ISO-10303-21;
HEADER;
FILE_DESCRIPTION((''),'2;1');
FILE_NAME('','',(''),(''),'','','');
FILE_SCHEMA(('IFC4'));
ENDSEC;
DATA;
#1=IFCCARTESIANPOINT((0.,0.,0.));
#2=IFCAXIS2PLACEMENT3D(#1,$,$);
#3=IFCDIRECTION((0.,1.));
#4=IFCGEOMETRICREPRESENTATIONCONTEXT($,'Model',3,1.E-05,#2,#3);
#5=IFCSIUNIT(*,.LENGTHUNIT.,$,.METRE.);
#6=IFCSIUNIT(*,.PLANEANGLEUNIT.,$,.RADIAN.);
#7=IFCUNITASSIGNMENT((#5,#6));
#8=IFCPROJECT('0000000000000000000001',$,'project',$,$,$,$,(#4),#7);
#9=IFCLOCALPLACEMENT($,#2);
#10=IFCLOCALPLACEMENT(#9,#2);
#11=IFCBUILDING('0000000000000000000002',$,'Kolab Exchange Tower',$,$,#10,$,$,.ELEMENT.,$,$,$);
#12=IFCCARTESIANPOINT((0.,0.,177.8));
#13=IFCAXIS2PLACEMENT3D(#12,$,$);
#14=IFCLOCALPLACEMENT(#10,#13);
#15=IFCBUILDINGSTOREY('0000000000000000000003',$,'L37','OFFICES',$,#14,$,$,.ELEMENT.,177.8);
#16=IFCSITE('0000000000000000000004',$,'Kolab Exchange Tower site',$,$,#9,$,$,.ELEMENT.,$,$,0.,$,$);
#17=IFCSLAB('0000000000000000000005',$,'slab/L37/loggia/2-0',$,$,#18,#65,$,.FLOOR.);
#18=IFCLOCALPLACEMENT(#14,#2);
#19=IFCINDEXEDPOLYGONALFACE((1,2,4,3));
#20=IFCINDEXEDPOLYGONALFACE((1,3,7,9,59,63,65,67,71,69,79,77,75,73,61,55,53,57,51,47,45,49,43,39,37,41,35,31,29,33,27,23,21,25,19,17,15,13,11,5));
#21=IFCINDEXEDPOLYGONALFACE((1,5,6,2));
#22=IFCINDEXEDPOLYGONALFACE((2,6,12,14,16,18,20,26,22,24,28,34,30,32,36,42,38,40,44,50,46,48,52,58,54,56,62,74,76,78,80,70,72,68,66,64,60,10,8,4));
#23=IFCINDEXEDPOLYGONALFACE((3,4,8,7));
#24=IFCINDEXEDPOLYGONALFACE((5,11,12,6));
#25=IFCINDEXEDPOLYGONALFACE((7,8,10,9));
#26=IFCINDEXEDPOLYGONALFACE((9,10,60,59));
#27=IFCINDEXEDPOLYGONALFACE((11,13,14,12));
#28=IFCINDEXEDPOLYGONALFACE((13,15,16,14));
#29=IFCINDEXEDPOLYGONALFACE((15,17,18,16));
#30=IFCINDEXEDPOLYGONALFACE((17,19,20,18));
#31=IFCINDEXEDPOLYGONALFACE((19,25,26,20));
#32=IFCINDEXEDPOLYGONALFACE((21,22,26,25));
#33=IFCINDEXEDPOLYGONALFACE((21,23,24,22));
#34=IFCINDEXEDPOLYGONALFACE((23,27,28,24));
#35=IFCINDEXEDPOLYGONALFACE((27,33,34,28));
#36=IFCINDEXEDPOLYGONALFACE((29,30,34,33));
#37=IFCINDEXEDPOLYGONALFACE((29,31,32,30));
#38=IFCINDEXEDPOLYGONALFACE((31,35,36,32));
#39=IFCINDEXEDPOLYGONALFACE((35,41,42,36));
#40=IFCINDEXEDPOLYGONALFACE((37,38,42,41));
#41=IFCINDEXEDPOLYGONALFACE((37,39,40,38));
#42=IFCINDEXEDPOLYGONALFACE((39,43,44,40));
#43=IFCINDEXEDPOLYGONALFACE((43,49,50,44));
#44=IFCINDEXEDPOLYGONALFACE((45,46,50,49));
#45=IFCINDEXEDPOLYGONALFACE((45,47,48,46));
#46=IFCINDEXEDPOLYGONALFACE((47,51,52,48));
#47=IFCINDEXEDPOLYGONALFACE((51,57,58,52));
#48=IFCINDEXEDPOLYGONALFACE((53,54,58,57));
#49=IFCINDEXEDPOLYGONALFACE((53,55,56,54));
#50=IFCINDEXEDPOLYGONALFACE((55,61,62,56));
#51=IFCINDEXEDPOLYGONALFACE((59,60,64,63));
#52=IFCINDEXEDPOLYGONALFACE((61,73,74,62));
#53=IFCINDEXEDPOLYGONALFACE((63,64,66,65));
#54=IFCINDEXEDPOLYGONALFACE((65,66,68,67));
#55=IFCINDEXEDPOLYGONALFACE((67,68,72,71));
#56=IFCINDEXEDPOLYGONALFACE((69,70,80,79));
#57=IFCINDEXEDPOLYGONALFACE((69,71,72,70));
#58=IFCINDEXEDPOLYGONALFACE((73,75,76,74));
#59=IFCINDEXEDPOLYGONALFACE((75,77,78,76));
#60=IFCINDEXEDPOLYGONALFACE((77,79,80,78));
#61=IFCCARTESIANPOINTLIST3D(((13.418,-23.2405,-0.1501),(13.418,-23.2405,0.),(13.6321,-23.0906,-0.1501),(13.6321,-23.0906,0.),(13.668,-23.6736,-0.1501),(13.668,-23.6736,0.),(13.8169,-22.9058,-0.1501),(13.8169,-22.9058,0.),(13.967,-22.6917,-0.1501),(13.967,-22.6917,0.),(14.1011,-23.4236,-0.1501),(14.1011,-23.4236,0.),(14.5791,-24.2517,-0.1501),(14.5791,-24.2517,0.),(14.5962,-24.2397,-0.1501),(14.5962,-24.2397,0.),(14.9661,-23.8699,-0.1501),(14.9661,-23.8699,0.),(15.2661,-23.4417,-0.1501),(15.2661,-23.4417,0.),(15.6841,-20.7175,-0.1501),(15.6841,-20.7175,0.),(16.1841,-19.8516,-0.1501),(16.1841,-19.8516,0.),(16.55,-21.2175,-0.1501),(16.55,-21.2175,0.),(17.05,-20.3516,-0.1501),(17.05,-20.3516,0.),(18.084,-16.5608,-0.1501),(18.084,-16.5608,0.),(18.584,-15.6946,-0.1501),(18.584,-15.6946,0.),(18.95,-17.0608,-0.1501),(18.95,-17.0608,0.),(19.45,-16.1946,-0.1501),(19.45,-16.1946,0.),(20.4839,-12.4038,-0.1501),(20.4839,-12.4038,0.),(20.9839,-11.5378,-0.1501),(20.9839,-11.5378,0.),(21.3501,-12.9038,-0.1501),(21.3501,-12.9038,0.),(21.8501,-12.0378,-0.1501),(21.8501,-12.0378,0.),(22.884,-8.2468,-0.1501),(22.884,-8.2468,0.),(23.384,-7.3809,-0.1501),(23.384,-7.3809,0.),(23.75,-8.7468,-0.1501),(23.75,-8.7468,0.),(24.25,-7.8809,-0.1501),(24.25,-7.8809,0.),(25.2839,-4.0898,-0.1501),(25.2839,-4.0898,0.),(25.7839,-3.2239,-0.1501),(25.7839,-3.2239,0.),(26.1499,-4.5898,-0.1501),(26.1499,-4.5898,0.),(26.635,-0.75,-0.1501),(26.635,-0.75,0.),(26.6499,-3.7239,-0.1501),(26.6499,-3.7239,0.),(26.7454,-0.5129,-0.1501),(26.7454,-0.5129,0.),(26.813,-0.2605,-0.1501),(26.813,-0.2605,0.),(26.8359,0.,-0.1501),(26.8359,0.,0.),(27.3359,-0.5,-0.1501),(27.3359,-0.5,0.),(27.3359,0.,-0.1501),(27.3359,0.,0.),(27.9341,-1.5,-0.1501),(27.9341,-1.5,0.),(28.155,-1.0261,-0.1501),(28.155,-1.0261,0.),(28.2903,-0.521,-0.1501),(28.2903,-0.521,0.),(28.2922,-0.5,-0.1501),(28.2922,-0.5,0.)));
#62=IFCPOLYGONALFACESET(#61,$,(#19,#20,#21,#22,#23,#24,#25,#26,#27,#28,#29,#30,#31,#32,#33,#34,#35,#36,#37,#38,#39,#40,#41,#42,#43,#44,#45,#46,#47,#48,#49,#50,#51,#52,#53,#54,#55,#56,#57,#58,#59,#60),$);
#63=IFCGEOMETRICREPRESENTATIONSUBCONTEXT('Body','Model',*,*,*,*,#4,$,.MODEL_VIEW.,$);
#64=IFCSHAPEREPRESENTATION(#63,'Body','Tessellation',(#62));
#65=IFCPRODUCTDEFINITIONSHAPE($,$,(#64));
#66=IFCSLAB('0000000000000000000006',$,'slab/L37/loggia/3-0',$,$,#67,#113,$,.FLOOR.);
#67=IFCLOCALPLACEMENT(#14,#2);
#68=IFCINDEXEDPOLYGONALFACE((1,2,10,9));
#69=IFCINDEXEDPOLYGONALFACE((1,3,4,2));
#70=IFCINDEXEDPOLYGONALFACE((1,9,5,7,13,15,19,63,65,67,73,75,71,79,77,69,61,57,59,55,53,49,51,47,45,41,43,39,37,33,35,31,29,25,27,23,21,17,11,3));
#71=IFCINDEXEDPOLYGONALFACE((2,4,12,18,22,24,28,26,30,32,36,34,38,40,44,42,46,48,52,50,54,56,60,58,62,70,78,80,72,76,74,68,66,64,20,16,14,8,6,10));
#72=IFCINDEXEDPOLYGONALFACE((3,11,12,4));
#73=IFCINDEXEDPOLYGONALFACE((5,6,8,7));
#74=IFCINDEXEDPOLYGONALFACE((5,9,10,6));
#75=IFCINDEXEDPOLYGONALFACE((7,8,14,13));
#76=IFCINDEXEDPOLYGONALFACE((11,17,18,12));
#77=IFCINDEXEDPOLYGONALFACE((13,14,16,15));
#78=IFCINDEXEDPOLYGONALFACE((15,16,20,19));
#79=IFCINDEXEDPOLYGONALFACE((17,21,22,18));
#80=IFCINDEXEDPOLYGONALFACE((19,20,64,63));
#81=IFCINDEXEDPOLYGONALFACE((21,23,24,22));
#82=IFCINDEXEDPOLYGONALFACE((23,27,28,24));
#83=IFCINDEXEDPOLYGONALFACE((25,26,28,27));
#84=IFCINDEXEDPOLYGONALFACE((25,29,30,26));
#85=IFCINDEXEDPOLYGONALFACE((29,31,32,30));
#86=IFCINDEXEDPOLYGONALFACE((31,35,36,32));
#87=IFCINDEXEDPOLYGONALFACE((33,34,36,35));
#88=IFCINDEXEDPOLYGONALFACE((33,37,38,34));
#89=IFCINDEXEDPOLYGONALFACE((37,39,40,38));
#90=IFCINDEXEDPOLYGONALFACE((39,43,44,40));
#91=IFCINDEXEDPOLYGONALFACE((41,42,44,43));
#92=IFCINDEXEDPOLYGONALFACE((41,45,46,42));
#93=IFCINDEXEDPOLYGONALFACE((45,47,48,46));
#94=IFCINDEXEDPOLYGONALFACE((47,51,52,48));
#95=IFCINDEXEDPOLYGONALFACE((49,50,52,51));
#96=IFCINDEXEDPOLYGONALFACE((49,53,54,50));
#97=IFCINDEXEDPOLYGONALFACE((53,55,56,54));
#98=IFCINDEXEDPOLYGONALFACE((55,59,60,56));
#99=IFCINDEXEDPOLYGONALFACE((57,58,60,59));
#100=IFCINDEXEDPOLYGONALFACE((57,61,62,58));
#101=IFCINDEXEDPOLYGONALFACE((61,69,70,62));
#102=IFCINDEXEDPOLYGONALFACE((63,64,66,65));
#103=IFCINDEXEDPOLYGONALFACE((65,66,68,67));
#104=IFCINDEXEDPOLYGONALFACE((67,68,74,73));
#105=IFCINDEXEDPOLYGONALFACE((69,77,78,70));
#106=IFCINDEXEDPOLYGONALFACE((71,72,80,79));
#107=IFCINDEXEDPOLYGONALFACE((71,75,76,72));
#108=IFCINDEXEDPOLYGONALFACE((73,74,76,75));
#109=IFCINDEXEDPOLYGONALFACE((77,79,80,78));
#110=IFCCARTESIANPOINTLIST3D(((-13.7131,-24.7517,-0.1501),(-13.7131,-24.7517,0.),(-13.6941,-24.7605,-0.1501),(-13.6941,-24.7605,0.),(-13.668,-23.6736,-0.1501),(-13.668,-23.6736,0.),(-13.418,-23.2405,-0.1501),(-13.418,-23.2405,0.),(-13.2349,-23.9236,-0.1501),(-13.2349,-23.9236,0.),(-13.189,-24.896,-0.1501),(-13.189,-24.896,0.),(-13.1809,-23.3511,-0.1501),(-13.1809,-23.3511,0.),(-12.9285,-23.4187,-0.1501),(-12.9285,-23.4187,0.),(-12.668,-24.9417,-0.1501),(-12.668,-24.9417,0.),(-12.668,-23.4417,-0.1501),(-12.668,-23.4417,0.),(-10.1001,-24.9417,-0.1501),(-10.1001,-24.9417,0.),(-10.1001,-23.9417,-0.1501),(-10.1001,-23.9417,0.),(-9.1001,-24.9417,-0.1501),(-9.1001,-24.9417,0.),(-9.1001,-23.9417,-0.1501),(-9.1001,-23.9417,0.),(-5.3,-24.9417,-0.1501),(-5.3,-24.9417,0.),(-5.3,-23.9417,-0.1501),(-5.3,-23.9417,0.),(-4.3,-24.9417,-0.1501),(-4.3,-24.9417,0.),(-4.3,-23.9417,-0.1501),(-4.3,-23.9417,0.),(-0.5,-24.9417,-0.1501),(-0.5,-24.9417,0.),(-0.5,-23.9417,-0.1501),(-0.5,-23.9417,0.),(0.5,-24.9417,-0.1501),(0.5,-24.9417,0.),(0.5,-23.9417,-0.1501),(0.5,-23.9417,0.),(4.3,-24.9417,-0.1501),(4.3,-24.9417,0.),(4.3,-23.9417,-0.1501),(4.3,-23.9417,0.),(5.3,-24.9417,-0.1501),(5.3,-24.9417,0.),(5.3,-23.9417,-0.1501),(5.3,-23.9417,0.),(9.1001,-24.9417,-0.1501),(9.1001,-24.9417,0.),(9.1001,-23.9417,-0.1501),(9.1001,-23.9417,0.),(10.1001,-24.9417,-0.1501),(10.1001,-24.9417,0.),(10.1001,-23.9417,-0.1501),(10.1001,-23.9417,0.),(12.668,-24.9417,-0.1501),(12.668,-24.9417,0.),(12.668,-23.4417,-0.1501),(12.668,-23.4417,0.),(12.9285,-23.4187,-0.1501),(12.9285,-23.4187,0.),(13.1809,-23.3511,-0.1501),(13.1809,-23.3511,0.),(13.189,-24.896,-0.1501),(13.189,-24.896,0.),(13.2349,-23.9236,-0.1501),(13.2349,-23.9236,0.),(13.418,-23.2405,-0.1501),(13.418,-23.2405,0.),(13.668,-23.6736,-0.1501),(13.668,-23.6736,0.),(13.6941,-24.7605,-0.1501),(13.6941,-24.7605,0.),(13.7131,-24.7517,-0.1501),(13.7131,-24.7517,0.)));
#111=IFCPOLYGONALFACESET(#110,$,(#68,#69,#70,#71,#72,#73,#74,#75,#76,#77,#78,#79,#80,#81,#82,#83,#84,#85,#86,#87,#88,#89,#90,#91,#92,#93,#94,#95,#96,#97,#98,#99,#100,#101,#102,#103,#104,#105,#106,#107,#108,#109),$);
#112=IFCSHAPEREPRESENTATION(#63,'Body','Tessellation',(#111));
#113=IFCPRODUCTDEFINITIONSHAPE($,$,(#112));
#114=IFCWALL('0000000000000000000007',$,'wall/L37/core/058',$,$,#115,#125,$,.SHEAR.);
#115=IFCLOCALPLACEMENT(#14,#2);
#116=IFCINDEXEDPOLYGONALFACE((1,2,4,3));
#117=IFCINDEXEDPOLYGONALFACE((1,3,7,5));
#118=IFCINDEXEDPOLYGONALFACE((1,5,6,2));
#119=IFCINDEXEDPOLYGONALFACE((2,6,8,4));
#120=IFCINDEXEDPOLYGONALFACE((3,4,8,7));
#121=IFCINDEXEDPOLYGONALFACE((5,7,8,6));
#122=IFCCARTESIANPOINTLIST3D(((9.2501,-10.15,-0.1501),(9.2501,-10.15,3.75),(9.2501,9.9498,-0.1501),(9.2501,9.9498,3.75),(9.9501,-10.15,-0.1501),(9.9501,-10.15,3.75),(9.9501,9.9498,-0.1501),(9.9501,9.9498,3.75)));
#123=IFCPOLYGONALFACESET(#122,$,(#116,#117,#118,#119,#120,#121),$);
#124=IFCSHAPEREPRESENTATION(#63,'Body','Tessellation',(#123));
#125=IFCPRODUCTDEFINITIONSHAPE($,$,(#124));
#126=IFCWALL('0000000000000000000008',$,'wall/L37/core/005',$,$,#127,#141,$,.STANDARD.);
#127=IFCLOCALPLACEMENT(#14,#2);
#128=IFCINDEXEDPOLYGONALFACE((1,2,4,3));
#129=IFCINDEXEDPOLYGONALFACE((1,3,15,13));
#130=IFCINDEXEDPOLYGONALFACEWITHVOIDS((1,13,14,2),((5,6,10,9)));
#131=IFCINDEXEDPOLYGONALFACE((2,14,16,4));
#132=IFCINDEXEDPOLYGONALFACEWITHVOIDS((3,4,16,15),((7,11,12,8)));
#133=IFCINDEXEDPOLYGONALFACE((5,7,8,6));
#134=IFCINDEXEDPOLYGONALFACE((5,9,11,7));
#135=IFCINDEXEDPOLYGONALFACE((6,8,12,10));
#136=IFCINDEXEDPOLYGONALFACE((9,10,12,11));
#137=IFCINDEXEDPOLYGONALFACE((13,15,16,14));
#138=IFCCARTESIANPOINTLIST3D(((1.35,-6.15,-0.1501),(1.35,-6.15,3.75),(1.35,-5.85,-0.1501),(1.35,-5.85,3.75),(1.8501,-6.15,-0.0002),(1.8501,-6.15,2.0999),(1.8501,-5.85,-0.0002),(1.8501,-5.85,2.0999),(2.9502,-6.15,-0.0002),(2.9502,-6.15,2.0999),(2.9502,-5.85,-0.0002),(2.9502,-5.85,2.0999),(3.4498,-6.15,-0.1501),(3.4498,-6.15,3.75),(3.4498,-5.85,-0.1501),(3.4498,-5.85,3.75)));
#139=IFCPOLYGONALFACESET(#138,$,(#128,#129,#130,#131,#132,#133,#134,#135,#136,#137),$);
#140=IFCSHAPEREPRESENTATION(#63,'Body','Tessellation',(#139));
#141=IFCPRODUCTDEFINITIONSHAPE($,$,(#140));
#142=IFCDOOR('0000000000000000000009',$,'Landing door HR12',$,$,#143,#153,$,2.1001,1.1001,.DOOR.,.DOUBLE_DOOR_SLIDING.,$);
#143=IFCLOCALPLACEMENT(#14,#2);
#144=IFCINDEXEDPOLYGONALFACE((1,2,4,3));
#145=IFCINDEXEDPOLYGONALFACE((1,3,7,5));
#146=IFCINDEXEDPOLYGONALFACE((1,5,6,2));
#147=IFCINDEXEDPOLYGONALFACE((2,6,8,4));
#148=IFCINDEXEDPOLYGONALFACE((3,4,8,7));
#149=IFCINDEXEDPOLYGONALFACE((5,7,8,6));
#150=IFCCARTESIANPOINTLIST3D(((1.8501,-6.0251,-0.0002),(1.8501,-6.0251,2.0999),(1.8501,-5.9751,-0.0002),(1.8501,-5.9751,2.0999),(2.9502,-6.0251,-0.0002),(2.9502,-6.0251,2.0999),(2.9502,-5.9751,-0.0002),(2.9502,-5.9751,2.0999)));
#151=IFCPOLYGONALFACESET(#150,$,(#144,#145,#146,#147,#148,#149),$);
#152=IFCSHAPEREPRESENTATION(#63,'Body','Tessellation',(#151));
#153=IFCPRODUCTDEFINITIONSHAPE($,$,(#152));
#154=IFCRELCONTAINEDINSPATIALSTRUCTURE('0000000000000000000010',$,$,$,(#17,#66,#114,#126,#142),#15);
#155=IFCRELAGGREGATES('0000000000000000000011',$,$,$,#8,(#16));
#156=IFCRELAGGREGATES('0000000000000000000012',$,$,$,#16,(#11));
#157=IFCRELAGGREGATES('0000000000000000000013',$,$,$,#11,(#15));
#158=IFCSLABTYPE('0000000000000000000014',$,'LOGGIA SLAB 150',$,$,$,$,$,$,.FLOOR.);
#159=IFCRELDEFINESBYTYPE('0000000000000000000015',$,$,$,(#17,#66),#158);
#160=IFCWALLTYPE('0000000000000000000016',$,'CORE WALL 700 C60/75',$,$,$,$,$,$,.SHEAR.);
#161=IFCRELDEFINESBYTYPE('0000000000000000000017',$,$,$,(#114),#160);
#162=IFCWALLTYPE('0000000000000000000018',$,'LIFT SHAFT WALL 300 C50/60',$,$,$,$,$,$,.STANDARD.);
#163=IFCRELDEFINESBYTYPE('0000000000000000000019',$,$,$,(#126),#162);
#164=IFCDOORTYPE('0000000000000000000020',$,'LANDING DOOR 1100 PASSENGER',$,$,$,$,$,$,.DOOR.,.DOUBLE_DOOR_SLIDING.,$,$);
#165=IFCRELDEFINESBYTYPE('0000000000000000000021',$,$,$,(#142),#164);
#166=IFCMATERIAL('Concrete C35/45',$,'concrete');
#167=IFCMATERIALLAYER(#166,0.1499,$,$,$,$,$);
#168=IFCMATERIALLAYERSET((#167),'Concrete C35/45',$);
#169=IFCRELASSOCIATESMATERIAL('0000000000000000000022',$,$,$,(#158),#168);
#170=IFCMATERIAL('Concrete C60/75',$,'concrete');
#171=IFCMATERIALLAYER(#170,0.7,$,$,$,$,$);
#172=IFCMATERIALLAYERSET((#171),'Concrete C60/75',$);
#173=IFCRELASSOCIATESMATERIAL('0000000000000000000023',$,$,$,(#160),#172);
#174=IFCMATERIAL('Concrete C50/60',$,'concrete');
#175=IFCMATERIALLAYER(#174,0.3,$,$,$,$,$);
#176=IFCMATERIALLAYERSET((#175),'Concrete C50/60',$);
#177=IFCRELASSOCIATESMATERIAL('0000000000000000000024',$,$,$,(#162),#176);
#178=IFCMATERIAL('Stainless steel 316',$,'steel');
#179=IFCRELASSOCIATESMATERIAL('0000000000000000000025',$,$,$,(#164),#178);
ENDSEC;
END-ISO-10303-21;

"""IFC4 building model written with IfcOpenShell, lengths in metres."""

from ifc_helpers import new_model, si_unit, direction, frame, frame_2d, origin, place, context, subcontext, project, spatial, polyline, rectangle, outline, extrude, material, layer, layer_set, type_object, element, fill, save


model = new_model("IFC4")

# Units and contexts
model_context = context("Model", 3, precision=1e-05, world=origin(), true_north=direction((0.0, 1.0)))
body_context = subcontext(model_context, "Body", "Model", "MODEL_VIEW")
ifc_project = project(units=[si_unit("LENGTHUNIT", "METRE"), si_unit("PLANEANGLEUNIT", "RADIAN")], contexts=[model_context])

# Site, building, storey
site_placement = place(None, origin())
site = spatial("IfcSite", under=ifc_project, at=site_placement, Name="Kolab Exchange Tower site", CompositionType="ELEMENT", RefElevation=0.0)
building_placement = place(site_placement, origin())
building = spatial("IfcBuilding", under=site, at=building_placement, Name="Kolab Exchange Tower", CompositionType="ELEMENT")
storey_placement = place(building_placement, frame((0.0, 0.0, 177.8)))
storey = spatial("IfcBuildingStorey", under=building, at=storey_placement, Name="L37", Description="OFFICES", CompositionType="ELEMENT", Elevation=177.8)

# Slabs
ifc_material_1 = material(Name="Concrete C35/45", Category="concrete")
ifc_layer_1 = layer(ifc_material_1, 0.1499)
ifc_layer_set_1 = layer_set([ifc_layer_1], Name="Concrete C35/45")
slab_type_1 = type_object("IfcSlabType", Name="LOGGIA SLAB 150", PredefinedType="FLOOR", material=ifc_layer_set_1)
slab_1_placement = place(storey_placement, frame((0.0, 0.0, -0.1501)))
element("IfcSlab", 1, at=slab_1_placement, inside=storey, type_object=slab_type_1, Name="slab/L37/loggia/2-0", PredefinedType="FLOOR", context=body_context, shape_type="SweptSolid", body=[
    extrude(outline(polyline([(15.2661, -23.4417), (16.55, -21.2175), (15.6841, -20.7175), (16.1841, -19.8516), (17.05, -20.3516), (18.95, -17.0608), (18.084, -16.5608), (18.584, -15.6946), (19.45, -16.1946), (21.3501, -12.9038), (20.4839, -12.4038), (20.9839, -11.5378), (21.8501, -12.0378), (23.75, -8.7468), (22.884, -8.2468), (23.384, -7.3809), (24.25, -7.8809), (26.1499, -4.5898), (25.2839, -4.0898), (25.7839, -3.2239), (26.6499, -3.7239), (27.9341, -1.5), (28.155, -1.0261), (28.2903, -0.521), (28.2922, -0.5), (27.3359, -0.5), (27.3359, 0.0), (26.8359, 0.0), (26.813, -0.2605), (26.7454, -0.5129), (26.635, -0.75), (13.967, -22.6917), (13.8169, -22.9058), (13.6321, -23.0906), (13.418, -23.2405), (13.668, -23.6736), (14.1011, -23.4236), (14.5791, -24.2517), (14.5962, -24.2397), (14.9661, -23.8699), (15.2661, -23.4417)])), origin(), (0.0, 0.0, 1.0), 0.1501),
])
slab_2_placement = place(storey_placement, frame((0.0, 0.0, -0.1501)))
element("IfcSlab", 2, at=slab_2_placement, inside=storey, type_object=slab_type_1, Name="slab/L37/loggia/3-0", PredefinedType="FLOOR", context=body_context, shape_type="SweptSolid", body=[
    extrude(outline(polyline([(-13.418, -23.2405), (-13.668, -23.6736), (-13.2349, -23.9236), (-13.7131, -24.7517), (-13.6941, -24.7605), (-13.189, -24.896), (-12.668, -24.9417), (-10.1001, -24.9417), (-10.1001, -23.9417), (-9.1001, -23.9417), (-9.1001, -24.9417), (-5.3, -24.9417), (-5.3, -23.9417), (-4.3, -23.9417), (-4.3, -24.9417), (-0.5, -24.9417), (-0.5, -23.9417), (0.5, -23.9417), (0.5, -24.9417), (4.3, -24.9417), (4.3, -23.9417), (5.3, -23.9417), (5.3, -24.9417), (9.1001, -24.9417), (9.1001, -23.9417), (10.1001, -23.9417), (10.1001, -24.9417), (12.668, -24.9417), (13.189, -24.896), (13.6941, -24.7605), (13.7131, -24.7517), (13.2349, -23.9236), (13.668, -23.6736), (13.418, -23.2405), (13.1809, -23.3511), (12.9285, -23.4187), (12.668, -23.4417), (-12.668, -23.4417), (-12.9285, -23.4187), (-13.1809, -23.3511), (-13.418, -23.2405)])), origin(), (0.0, 0.0, 1.0), 0.1501),
])

# Wall
ifc_material_2 = material(Name="Concrete C60/75", Category="concrete")
ifc_layer_2 = layer(ifc_material_2, 0.7)
ifc_layer_set_2 = layer_set([ifc_layer_2], Name="Concrete C60/75")
wall_type_1 = type_object("IfcWallType", Name="CORE WALL 700 C60/75", PredefinedType="SHEAR", material=ifc_layer_set_2)
wall_1_placement = place(storey_placement, frame((9.6001, -10.1499, -0.1501), z_axis=(0.0, 0.0, 1.0), x_axis=(0.0, 1.0, 0.0)))
element("IfcWall", 3, at=wall_1_placement, inside=storey, type_object=wall_type_1, Name="wall/L37/core/058", PredefinedType="SHEAR", context=body_context, shape_type="SweptSolid", body=[
    extrude(rectangle(XDim=20.0999, YDim=0.7, at=frame_2d((10.0498, 0.0))), origin(), (0.0, 0.0, 1.0), 3.9001),
])

# Wall, opening, door
ifc_material_3 = material(Name="Concrete C50/60", Category="concrete")
ifc_layer_3 = layer(ifc_material_3, 0.3)
ifc_layer_set_3 = layer_set([ifc_layer_3], Name="Concrete C50/60")
wall_type_2 = type_object("IfcWallType", Name="LIFT SHAFT WALL 300 C50/60", PredefinedType="STANDARD", material=ifc_layer_set_3)
wall_2_placement = place(storey_placement, frame((1.3501, -6.0, -0.1501), z_axis=(0.0, 0.0, 1.0), x_axis=(1.0, 0.0, 0.0)))
wall_2 = element("IfcWall", 4, at=wall_2_placement, inside=storey, type_object=wall_type_2, Name="wall/L37/core/005", PredefinedType="STANDARD", context=body_context, shape_type="SweptSolid", body=[
    extrude(rectangle(XDim=2.0999, YDim=0.3, at=frame_2d((1.0498, 0.0))), origin(), (0.0, 0.0, 1.0), 3.9001),
])
opening_1_placement = place(wall_2_placement, frame((0.5, 0.0, 0.1499)))
opening_1 = element("IfcOpeningElement", 5, at=opening_1_placement, cuts=wall_2, PredefinedType="OPENING", context=body_context, shape_type="SweptSolid", body=[
    extrude(rectangle(XDim=1.1001, YDim=2.1001, at=frame_2d((0.55, 1.05))), frame((0.0, 0.1602, 0.0), z_axis=(0.0, -1.0, 0.0), x_axis=(1.0, 0.0, 0.0)), (0.0, 0.0, 1.0), 0.3201),
])
ifc_material_4 = material(Name="Stainless steel 316", Category="steel")
door_type_1 = type_object("IfcDoorType", Name="LANDING DOOR 1100 PASSENGER", OperationType="DOUBLE_DOOR_SLIDING", PredefinedType="DOOR", material=ifc_material_4)
door_1_placement = place(opening_1_placement, origin())
door_1 = element("IfcDoor", 6, at=door_1_placement, inside=storey, type_object=door_type_1, Name="Landing door HR12", OperationType="DOUBLE_DOOR_SLIDING", OverallHeight=2.1001, OverallWidth=1.1001, PredefinedType="DOOR", context=body_context, shape_type="SweptSolid", body=[
    extrude(rectangle(XDim=1.1001, YDim=2.1001, at=frame_2d((0.55, 1.05))), frame((0.0, 0.0249, 0.0), z_axis=(0.0, -1.0, 0.0), x_axis=(1.0, 0.0, 0.0)), (0.0, 0.0, 1.0), 0.05),
])
fill(opening_1, door_1)

save(model, "model.ifc")
